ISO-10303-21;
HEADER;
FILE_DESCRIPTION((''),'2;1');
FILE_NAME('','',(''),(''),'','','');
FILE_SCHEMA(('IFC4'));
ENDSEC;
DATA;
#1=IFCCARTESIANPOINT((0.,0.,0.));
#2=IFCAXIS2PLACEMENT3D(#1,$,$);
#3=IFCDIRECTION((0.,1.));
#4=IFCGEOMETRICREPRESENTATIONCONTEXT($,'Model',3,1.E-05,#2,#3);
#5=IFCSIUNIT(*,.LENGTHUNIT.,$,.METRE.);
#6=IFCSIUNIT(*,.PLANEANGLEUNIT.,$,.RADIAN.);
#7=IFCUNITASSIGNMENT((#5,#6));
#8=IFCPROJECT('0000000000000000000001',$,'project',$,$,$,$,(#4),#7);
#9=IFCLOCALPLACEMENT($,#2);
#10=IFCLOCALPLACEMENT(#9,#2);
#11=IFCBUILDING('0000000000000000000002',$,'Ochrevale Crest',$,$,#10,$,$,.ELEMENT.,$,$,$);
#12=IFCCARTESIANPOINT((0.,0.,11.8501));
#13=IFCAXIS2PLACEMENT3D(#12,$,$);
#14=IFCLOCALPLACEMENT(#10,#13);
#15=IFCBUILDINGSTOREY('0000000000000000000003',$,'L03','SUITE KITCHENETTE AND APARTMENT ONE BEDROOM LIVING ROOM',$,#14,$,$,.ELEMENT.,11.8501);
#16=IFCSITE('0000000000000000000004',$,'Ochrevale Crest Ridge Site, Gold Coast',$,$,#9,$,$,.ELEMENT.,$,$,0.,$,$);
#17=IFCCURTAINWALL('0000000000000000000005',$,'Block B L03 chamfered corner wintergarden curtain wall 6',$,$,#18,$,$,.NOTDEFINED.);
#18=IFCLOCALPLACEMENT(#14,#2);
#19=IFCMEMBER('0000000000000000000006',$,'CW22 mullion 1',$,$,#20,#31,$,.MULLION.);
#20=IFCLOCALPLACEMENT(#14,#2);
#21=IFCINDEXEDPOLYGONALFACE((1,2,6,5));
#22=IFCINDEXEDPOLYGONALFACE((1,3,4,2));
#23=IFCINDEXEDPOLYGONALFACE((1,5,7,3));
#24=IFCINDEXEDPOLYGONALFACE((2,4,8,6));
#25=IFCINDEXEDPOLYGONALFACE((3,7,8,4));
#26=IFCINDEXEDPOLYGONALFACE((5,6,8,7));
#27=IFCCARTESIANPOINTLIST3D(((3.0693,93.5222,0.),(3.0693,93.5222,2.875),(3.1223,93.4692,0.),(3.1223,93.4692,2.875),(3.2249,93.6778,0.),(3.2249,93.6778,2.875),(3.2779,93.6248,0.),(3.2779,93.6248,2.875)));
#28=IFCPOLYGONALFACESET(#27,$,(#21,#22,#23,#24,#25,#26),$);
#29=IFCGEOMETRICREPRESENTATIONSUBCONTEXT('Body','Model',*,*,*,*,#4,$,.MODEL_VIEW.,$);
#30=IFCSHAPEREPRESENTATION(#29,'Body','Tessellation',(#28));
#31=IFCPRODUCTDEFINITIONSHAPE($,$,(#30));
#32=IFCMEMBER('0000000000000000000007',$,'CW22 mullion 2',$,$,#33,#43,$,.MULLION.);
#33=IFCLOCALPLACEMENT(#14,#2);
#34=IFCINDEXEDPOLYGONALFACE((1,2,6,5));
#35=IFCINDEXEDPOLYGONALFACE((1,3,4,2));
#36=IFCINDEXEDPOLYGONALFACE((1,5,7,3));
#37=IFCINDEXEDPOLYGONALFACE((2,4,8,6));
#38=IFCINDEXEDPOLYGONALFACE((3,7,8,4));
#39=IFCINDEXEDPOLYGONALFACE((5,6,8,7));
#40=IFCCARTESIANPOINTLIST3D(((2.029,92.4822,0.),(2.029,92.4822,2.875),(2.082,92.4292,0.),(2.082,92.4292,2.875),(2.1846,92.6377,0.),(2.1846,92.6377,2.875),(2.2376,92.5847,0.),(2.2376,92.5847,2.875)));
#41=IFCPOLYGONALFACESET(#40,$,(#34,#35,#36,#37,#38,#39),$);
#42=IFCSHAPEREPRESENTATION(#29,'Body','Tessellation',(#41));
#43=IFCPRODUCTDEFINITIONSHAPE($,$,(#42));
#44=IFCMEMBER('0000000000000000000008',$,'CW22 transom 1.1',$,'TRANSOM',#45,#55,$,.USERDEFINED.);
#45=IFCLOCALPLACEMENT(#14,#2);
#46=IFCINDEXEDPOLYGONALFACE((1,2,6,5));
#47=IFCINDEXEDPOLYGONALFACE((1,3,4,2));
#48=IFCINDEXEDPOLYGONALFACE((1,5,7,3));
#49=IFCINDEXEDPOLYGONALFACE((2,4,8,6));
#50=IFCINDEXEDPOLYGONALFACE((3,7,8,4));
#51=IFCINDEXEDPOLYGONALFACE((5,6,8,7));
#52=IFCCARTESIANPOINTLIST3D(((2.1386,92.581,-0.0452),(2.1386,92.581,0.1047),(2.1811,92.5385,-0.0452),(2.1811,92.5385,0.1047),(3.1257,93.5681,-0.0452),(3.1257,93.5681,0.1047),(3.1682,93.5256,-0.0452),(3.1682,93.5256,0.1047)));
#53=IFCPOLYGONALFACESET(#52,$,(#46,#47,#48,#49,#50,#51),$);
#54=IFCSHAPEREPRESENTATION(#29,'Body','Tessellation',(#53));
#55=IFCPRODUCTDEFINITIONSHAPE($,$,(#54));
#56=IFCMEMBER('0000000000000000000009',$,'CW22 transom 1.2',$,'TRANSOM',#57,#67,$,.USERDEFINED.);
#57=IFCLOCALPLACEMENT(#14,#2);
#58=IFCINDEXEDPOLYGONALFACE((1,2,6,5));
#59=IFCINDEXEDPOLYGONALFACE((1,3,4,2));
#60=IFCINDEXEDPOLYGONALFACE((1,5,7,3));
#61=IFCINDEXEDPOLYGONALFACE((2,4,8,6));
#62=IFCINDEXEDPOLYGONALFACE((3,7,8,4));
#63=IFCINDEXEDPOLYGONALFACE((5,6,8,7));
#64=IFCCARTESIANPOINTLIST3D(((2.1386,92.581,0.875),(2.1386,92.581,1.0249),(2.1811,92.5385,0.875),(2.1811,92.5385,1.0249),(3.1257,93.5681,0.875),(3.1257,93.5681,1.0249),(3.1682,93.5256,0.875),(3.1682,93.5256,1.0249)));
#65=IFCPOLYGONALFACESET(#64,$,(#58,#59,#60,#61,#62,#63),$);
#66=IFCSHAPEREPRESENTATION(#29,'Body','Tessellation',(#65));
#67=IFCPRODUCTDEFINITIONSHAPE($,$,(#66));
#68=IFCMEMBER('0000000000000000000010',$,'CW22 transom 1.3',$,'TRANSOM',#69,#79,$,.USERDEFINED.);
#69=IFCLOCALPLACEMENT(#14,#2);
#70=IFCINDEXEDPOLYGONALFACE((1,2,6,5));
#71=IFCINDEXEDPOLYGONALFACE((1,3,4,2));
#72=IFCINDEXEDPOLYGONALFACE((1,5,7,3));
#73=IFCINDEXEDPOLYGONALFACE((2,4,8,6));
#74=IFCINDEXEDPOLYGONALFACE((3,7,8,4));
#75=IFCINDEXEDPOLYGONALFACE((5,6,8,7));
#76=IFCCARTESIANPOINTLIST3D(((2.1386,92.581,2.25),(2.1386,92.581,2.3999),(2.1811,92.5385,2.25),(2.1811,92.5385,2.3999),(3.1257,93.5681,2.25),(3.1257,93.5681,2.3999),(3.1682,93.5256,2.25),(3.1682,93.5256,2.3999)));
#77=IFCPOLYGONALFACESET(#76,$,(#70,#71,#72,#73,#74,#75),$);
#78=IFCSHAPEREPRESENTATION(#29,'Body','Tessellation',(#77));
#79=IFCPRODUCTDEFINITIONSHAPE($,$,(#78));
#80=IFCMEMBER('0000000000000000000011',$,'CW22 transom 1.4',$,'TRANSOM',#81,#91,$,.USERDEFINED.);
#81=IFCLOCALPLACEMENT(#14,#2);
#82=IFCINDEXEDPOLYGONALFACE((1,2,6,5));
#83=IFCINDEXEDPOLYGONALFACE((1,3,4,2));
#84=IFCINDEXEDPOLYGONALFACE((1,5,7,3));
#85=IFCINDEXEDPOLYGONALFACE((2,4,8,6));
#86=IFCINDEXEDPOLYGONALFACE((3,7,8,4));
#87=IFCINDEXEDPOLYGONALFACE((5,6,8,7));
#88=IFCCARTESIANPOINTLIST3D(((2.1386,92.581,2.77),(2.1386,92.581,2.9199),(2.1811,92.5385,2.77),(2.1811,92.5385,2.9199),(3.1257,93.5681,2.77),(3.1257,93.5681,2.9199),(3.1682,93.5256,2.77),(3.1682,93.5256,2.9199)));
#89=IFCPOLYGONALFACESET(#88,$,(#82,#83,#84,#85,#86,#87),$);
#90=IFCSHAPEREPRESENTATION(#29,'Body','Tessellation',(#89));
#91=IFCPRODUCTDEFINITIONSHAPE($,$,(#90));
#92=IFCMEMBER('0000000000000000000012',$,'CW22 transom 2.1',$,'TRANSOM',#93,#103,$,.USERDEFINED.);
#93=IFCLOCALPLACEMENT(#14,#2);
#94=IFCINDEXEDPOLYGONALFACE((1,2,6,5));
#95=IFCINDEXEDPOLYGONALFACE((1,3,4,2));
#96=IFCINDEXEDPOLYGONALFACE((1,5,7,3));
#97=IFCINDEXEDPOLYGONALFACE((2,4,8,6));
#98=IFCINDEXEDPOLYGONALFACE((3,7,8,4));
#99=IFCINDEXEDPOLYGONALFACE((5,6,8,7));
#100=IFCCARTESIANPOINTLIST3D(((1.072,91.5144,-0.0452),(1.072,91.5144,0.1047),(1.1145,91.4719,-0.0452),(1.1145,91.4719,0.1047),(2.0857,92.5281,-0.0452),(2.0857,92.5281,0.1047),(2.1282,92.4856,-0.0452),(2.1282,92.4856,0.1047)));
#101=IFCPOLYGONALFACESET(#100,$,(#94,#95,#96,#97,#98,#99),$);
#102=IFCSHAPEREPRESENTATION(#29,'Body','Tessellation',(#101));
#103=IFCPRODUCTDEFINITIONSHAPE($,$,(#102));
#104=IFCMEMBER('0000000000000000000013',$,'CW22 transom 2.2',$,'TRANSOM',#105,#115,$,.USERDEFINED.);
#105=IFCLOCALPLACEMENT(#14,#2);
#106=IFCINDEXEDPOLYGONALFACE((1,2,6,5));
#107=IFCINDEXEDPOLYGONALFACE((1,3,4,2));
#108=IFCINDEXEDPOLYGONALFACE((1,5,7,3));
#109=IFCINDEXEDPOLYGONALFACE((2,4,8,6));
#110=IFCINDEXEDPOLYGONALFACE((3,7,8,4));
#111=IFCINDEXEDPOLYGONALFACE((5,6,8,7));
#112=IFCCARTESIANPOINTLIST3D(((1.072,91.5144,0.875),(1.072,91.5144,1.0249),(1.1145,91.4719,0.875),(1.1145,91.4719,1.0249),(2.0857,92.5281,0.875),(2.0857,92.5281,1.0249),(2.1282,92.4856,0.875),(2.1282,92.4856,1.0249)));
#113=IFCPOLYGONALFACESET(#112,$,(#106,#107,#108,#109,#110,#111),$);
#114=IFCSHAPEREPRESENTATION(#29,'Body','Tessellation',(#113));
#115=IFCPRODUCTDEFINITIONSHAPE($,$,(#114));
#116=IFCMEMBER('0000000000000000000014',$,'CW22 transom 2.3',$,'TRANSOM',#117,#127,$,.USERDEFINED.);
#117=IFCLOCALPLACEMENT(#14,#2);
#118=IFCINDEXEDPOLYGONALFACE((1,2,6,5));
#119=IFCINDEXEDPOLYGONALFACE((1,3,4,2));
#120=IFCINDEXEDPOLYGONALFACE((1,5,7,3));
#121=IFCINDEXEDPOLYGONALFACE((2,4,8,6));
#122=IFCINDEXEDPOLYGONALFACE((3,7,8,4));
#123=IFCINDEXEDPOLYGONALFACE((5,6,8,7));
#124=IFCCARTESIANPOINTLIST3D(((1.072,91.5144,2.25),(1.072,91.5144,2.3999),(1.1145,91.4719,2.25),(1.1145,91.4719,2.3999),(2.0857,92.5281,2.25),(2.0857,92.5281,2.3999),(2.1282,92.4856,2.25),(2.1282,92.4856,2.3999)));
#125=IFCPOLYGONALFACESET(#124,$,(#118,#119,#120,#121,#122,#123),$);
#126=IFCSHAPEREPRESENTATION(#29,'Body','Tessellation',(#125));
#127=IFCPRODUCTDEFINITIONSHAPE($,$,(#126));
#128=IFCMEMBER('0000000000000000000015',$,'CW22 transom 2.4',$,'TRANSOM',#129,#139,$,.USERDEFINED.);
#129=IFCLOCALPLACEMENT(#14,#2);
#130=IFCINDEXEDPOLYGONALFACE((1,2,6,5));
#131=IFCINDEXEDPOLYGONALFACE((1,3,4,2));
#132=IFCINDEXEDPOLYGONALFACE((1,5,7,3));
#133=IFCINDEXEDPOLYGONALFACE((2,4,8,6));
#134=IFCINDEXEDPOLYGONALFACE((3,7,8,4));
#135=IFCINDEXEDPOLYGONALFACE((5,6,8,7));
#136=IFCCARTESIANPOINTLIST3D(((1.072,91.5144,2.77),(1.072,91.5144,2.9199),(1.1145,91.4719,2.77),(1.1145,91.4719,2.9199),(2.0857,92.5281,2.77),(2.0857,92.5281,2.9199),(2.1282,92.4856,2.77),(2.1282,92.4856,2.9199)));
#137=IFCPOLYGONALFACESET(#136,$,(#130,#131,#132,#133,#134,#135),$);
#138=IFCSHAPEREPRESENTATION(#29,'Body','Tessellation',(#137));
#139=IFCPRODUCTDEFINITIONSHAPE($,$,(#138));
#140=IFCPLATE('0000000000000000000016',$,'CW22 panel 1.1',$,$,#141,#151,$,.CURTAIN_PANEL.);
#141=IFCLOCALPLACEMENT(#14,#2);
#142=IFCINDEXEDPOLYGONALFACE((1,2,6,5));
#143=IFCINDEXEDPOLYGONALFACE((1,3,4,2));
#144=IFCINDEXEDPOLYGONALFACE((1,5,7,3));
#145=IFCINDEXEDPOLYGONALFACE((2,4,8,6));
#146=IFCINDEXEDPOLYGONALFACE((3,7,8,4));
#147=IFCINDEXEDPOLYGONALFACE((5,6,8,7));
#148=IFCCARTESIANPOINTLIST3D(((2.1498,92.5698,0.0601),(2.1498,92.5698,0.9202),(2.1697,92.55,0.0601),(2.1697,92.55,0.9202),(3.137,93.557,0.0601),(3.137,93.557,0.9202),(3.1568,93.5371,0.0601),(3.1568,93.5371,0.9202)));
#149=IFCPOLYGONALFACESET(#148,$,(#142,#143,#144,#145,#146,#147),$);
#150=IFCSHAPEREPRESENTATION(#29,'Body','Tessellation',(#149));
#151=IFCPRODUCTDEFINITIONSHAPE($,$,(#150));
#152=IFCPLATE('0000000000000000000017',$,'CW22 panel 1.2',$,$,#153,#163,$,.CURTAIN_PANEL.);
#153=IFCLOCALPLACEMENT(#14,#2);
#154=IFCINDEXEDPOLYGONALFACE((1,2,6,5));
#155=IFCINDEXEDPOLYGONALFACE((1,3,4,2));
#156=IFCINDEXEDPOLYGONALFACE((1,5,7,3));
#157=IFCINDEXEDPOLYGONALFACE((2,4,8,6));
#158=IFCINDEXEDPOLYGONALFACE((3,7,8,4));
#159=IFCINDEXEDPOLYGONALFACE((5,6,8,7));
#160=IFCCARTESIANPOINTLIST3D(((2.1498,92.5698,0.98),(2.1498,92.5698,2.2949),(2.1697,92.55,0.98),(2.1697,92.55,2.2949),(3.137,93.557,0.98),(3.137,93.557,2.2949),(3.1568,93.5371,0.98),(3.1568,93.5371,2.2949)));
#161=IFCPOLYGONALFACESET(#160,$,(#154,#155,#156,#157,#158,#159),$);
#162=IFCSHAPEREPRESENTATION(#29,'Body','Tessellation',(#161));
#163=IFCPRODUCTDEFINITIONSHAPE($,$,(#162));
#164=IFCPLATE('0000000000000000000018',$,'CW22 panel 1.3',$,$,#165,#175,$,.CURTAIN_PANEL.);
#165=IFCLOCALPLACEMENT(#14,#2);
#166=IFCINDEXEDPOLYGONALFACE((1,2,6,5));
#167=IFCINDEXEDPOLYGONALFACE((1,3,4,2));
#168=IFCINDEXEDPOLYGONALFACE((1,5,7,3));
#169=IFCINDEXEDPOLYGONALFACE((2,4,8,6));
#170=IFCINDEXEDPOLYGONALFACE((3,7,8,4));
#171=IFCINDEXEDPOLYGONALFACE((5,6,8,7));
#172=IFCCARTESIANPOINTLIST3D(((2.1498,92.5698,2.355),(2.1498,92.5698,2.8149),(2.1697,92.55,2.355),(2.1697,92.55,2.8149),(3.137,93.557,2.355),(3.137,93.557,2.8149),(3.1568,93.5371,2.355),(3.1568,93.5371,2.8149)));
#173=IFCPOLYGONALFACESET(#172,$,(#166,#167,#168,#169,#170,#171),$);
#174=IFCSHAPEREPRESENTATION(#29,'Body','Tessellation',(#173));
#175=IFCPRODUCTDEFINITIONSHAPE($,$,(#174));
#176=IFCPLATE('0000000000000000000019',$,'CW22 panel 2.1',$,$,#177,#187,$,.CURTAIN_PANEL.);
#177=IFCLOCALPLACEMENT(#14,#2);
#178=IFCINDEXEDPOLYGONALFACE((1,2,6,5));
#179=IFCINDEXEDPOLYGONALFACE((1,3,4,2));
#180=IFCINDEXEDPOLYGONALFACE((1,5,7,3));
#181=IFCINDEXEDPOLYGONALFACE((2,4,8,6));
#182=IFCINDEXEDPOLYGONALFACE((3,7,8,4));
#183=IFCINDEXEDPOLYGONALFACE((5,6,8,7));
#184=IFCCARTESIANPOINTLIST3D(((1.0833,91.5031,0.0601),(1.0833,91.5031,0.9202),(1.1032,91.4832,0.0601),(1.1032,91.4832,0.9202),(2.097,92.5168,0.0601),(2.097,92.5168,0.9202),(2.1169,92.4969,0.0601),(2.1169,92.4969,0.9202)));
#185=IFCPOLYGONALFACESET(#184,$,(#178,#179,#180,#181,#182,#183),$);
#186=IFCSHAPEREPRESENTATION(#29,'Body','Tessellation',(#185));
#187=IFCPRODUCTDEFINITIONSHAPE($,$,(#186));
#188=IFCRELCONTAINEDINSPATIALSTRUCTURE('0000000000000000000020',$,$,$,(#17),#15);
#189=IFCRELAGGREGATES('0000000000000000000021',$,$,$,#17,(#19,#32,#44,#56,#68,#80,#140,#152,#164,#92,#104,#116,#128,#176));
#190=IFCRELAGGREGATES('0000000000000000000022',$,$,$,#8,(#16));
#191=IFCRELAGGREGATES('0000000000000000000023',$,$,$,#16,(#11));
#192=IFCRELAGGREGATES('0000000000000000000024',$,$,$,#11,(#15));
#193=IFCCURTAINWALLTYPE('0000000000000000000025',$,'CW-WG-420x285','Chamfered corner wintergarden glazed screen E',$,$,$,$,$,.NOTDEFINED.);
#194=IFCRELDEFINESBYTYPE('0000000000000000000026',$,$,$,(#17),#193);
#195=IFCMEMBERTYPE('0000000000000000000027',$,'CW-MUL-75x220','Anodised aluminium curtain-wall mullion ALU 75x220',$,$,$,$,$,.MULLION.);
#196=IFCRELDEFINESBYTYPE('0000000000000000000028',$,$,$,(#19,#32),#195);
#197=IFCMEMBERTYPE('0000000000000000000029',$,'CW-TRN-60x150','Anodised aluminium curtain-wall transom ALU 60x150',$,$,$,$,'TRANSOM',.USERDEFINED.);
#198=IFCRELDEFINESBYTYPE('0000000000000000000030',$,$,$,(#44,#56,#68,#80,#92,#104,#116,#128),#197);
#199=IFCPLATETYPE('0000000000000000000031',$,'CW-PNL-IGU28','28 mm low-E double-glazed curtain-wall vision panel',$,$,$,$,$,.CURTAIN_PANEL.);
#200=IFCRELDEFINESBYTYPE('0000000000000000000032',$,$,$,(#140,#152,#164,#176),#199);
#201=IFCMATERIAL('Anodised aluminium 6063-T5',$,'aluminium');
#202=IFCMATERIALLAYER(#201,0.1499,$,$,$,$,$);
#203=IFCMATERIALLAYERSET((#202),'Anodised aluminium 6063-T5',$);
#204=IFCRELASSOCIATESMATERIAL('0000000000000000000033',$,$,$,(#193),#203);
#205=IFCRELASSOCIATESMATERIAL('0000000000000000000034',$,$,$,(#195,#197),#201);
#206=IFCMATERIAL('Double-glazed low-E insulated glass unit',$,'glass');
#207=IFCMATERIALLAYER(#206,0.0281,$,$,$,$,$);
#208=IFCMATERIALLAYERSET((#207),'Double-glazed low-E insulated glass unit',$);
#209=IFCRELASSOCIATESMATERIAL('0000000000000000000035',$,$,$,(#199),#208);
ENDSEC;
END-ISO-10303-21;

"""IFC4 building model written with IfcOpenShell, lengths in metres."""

from ifc_helpers import new_model, si_unit, direction, frame, origin, origin_2d, place, context, subcontext, project, spatial, rectangle, extrude, material, layer, layer_set, material_profile, profile_set, type_object, element, aggregate, save


model = new_model("IFC4")

# Units and contexts
model_context = context("Model", 3, precision=1e-05, world=origin(), true_north=direction((0.0, 1.0)))
body_context = subcontext(model_context, "Body", "Model", "MODEL_VIEW")
ifc_project = project(units=[si_unit("LENGTHUNIT", "METRE"), si_unit("PLANEANGLEUNIT", "RADIAN")], contexts=[model_context])

# Site, building, storey
site_placement = place(None, origin())
site = spatial("IfcSite", under=ifc_project, at=site_placement, Name="Ochrevale Crest Ridge Site, Gold Coast", CompositionType="ELEMENT", RefElevation=0.0)
building_placement = place(site_placement, origin())
building = spatial("IfcBuilding", under=site, at=building_placement, Name="Ochrevale Crest", CompositionType="ELEMENT")
storey_placement = place(building_placement, frame((0.0, 0.0, 11.8501)))
storey = spatial("IfcBuildingStorey", under=building, at=storey_placement, Name="L03", Description="SUITE KITCHENETTE AND APARTMENT ONE BEDROOM LIVING ROOM", CompositionType="ELEMENT", Elevation=11.8501)

# Curtain wall, members, plates
ifc_material_1 = material(Name="Anodised aluminium 6063-T5", Category="aluminium")
ifc_layer_1 = layer(ifc_material_1, 0.1499)
ifc_layer_set_1 = layer_set([ifc_layer_1], Name="Anodised aluminium 6063-T5")
curtain_wall_type = type_object("IfcCurtainWallType", Name="CW-WG-420x285", Description="Chamfered corner wintergarden glazed screen E", PredefinedType="NOTDEFINED", material=ifc_layer_set_1)
curtain_wall_placement = place(storey_placement, origin())
curtain_wall = element("IfcCurtainWall", 1, at=curtain_wall_placement, inside=storey, type_object=curtain_wall_type, Name="Block B L03 chamfered corner wintergarden curtain wall 6", PredefinedType="NOTDEFINED")
ifc_material_profile_1 = material_profile(ifc_material_1, rectangle(XDim=0.075, YDim=0.22, at=origin_2d()), Name="ALU 75x220")
ifc_profile_set_1 = profile_set([ifc_material_profile_1], Name="Anodised aluminium 6063-T5")
member_type_1 = type_object("IfcMemberType", Name="CW-MUL-75x220", Description="Anodised aluminium curtain-wall mullion ALU 75x220", PredefinedType="MULLION", material=ifc_profile_set_1)
member_1_placement = place(storey_placement, frame((3.1736, 93.5735, 0.0), z_axis=(0.0, 0.0, 1.0), x_axis=(0.707107, -0.707107, 0.0)))
member_1 = element("IfcMember", 2, at=member_1_placement, type_object=member_type_1, Name="CW22 mullion 1", PredefinedType="MULLION", context=body_context, shape_type="SweptSolid", body=[
    extrude(rectangle(XDim=0.075, YDim=0.22, at=origin_2d()), origin(), (0.0, 0.0, 1.0), 2.875),
])
member_2_placement = place(storey_placement, frame((2.1333, 92.5334, 0.0), z_axis=(0.0, 0.0, 1.0), x_axis=(0.707107, -0.707107, 0.0)))
member_2 = element("IfcMember", 3, at=member_2_placement, type_object=member_type_1, Name="CW22 mullion 2", PredefinedType="MULLION", context=body_context, shape_type="SweptSolid", body=[
    extrude(rectangle(XDim=0.075, YDim=0.22, at=origin_2d()), origin(), (0.0, 0.0, 1.0), 2.875),
])
ifc_material_profile_2 = material_profile(ifc_material_1, rectangle(XDim=0.0601, YDim=0.1499, at=origin_2d()), Name="ALU 60x150")
ifc_profile_set_2 = profile_set([ifc_material_profile_2], Name="Anodised aluminium 6063-T5")
member_type_2 = type_object("IfcMemberType", Name="CW-TRN-60x150", Description="Anodised aluminium curtain-wall transom ALU 60x150", ElementType="TRANSOM", PredefinedType="USERDEFINED", material=ifc_profile_set_2)
member_3_placement = place(storey_placement, frame((3.147, 93.5469, 0.0298), z_axis=(-0.707107, -0.707107, 0.0), x_axis=(0.707107, -0.707107, 0.0)))
member_3 = element("IfcMember", 4, at=member_3_placement, type_object=member_type_2, Name="CW22 transom 1.1", ObjectType="TRANSOM", PredefinedType="USERDEFINED", context=body_context, shape_type="SweptSolid", body=[
    extrude(rectangle(XDim=0.0601, YDim=0.1499, at=origin_2d()), origin(), (0.0, 0.0, 1.0), 1.396),
])
member_4_placement = place(storey_placement, frame((3.147, 93.5469, 0.95), z_axis=(-0.707107, -0.707107, 0.0), x_axis=(0.707107, -0.707107, 0.0)))
member_4 = element("IfcMember", 5, at=member_4_placement, type_object=member_type_2, Name="CW22 transom 1.2", ObjectType="TRANSOM", PredefinedType="USERDEFINED", context=body_context, shape_type="SweptSolid", body=[
    extrude(rectangle(XDim=0.0601, YDim=0.1499, at=origin_2d()), origin(), (0.0, 0.0, 1.0), 1.396),
])
member_5_placement = place(storey_placement, frame((3.147, 93.5469, 2.325), z_axis=(-0.707107, -0.707107, 0.0), x_axis=(0.707107, -0.707107, 0.0)))
member_5 = element("IfcMember", 6, at=member_5_placement, type_object=member_type_2, Name="CW22 transom 1.3", ObjectType="TRANSOM", PredefinedType="USERDEFINED", context=body_context, shape_type="SweptSolid", body=[
    extrude(rectangle(XDim=0.0601, YDim=0.1499, at=origin_2d()), origin(), (0.0, 0.0, 1.0), 1.396),
])
member_6_placement = place(storey_placement, frame((3.147, 93.5469, 2.845), z_axis=(-0.707107, -0.707107, 0.0), x_axis=(0.707107, -0.707107, 0.0)))
member_6 = element("IfcMember", 7, at=member_6_placement, type_object=member_type_2, Name="CW22 transom 1.4", ObjectType="TRANSOM", PredefinedType="USERDEFINED", context=body_context, shape_type="SweptSolid", body=[
    extrude(rectangle(XDim=0.0601, YDim=0.1499, at=origin_2d()), origin(), (0.0, 0.0, 1.0), 1.396),
])
member_7_placement = place(storey_placement, frame((2.1069, 92.5068, 0.0298), z_axis=(-0.707107, -0.707107, 0.0), x_axis=(0.707107, -0.707107, 0.0)))
member_7 = element("IfcMember", 8, at=member_7_placement, type_object=member_type_2, Name="CW22 transom 2.1", ObjectType="TRANSOM", PredefinedType="USERDEFINED", context=body_context, shape_type="SweptSolid", body=[
    extrude(rectangle(XDim=0.0601, YDim=0.1499, at=origin_2d()), origin(), (0.0, 0.0, 1.0), 1.4336),
])
member_8_placement = place(storey_placement, frame((2.1069, 92.5068, 0.95), z_axis=(-0.707107, -0.707107, 0.0), x_axis=(0.707107, -0.707107, 0.0)))
member_8 = element("IfcMember", 9, at=member_8_placement, type_object=member_type_2, Name="CW22 transom 2.2", ObjectType="TRANSOM", PredefinedType="USERDEFINED", context=body_context, shape_type="SweptSolid", body=[
    extrude(rectangle(XDim=0.0601, YDim=0.1499, at=origin_2d()), origin(), (0.0, 0.0, 1.0), 1.4336),
])
member_9_placement = place(storey_placement, frame((2.1069, 92.5068, 2.325), z_axis=(-0.707107, -0.707107, 0.0), x_axis=(0.707107, -0.707107, 0.0)))
member_9 = element("IfcMember", 10, at=member_9_placement, type_object=member_type_2, Name="CW22 transom 2.3", ObjectType="TRANSOM", PredefinedType="USERDEFINED", context=body_context, shape_type="SweptSolid", body=[
    extrude(rectangle(XDim=0.0601, YDim=0.1499, at=origin_2d()), origin(), (0.0, 0.0, 1.0), 1.4336),
])
member_10_placement = place(storey_placement, frame((2.1069, 92.5068, 2.845), z_axis=(-0.707107, -0.707107, 0.0), x_axis=(0.707107, -0.707107, 0.0)))
member_10 = element("IfcMember", 11, at=member_10_placement, type_object=member_type_2, Name="CW22 transom 2.4", ObjectType="TRANSOM", PredefinedType="USERDEFINED", context=body_context, shape_type="SweptSolid", body=[
    extrude(rectangle(XDim=0.0601, YDim=0.1499, at=origin_2d()), origin(), (0.0, 0.0, 1.0), 1.4336),
])
ifc_material_2 = material(Name="Double-glazed low-E insulated glass unit", Category="glass")
ifc_layer_2 = layer(ifc_material_2, 0.0281)
ifc_layer_set_2 = layer_set([ifc_layer_2], Name="Double-glazed low-E insulated glass unit")
plate_type_1 = type_object("IfcPlateType", Name="CW-PNL-IGU28", Description="28 mm low-E double-glazed curtain-wall vision panel", PredefinedType="CURTAIN_PANEL", material=ifc_layer_set_2)
plate_1_placement = place(storey_placement, frame((2.6533, 93.0535, 0.0601), z_axis=(0.0, 0.0, 1.0), x_axis=(-0.707107, -0.707107, 0.0)))
plate_1 = element("IfcPlate", 12, at=plate_1_placement, type_object=plate_type_1, Name="CW22 panel 1.1", PredefinedType="CURTAIN_PANEL", context=body_context, shape_type="SweptSolid", body=[
    extrude(rectangle(XDim=1.396, YDim=0.0281, at=origin_2d()), origin(), (0.0, 0.0, 1.0), 0.8601),
])
plate_2_placement = place(storey_placement, frame((2.6533, 93.0535, 0.98), z_axis=(0.0, 0.0, 1.0), x_axis=(-0.707107, -0.707107, 0.0)))
plate_2 = element("IfcPlate", 13, at=plate_2_placement, type_object=plate_type_1, Name="CW22 panel 1.2", PredefinedType="CURTAIN_PANEL", context=body_context, shape_type="SweptSolid", body=[
    extrude(rectangle(XDim=1.396, YDim=0.0281, at=origin_2d()), origin(), (0.0, 0.0, 1.0), 1.3149),
])
plate_3_placement = place(storey_placement, frame((2.6533, 93.0535, 2.355), z_axis=(0.0, 0.0, 1.0), x_axis=(-0.707107, -0.707107, 0.0)))
plate_3 = element("IfcPlate", 14, at=plate_3_placement, type_object=plate_type_1, Name="CW22 panel 1.3", PredefinedType="CURTAIN_PANEL", context=body_context, shape_type="SweptSolid", body=[
    extrude(rectangle(XDim=1.396, YDim=0.0281, at=origin_2d()), origin(), (0.0, 0.0, 1.0), 0.46),
])
plate_4_placement = place(storey_placement, frame((1.6001, 92.0, 0.0601), z_axis=(0.0, 0.0, 1.0), x_axis=(-0.707107, -0.707107, 0.0)))
plate_4 = element("IfcPlate", 15, at=plate_4_placement, type_object=plate_type_1, Name="CW22 panel 2.1", PredefinedType="CURTAIN_PANEL", context=body_context, shape_type="SweptSolid", body=[
    extrude(rectangle(XDim=1.4336, YDim=0.0281, at=origin_2d()), origin(), (0.0, 0.0, 1.0), 0.8601),
])
aggregate(curtain_wall, [member_1, member_2, member_3, member_4, member_5, member_6, plate_1, plate_2, plate_3, member_7, member_8, member_9, member_10, plate_4])

save(model, "model.ifc")
